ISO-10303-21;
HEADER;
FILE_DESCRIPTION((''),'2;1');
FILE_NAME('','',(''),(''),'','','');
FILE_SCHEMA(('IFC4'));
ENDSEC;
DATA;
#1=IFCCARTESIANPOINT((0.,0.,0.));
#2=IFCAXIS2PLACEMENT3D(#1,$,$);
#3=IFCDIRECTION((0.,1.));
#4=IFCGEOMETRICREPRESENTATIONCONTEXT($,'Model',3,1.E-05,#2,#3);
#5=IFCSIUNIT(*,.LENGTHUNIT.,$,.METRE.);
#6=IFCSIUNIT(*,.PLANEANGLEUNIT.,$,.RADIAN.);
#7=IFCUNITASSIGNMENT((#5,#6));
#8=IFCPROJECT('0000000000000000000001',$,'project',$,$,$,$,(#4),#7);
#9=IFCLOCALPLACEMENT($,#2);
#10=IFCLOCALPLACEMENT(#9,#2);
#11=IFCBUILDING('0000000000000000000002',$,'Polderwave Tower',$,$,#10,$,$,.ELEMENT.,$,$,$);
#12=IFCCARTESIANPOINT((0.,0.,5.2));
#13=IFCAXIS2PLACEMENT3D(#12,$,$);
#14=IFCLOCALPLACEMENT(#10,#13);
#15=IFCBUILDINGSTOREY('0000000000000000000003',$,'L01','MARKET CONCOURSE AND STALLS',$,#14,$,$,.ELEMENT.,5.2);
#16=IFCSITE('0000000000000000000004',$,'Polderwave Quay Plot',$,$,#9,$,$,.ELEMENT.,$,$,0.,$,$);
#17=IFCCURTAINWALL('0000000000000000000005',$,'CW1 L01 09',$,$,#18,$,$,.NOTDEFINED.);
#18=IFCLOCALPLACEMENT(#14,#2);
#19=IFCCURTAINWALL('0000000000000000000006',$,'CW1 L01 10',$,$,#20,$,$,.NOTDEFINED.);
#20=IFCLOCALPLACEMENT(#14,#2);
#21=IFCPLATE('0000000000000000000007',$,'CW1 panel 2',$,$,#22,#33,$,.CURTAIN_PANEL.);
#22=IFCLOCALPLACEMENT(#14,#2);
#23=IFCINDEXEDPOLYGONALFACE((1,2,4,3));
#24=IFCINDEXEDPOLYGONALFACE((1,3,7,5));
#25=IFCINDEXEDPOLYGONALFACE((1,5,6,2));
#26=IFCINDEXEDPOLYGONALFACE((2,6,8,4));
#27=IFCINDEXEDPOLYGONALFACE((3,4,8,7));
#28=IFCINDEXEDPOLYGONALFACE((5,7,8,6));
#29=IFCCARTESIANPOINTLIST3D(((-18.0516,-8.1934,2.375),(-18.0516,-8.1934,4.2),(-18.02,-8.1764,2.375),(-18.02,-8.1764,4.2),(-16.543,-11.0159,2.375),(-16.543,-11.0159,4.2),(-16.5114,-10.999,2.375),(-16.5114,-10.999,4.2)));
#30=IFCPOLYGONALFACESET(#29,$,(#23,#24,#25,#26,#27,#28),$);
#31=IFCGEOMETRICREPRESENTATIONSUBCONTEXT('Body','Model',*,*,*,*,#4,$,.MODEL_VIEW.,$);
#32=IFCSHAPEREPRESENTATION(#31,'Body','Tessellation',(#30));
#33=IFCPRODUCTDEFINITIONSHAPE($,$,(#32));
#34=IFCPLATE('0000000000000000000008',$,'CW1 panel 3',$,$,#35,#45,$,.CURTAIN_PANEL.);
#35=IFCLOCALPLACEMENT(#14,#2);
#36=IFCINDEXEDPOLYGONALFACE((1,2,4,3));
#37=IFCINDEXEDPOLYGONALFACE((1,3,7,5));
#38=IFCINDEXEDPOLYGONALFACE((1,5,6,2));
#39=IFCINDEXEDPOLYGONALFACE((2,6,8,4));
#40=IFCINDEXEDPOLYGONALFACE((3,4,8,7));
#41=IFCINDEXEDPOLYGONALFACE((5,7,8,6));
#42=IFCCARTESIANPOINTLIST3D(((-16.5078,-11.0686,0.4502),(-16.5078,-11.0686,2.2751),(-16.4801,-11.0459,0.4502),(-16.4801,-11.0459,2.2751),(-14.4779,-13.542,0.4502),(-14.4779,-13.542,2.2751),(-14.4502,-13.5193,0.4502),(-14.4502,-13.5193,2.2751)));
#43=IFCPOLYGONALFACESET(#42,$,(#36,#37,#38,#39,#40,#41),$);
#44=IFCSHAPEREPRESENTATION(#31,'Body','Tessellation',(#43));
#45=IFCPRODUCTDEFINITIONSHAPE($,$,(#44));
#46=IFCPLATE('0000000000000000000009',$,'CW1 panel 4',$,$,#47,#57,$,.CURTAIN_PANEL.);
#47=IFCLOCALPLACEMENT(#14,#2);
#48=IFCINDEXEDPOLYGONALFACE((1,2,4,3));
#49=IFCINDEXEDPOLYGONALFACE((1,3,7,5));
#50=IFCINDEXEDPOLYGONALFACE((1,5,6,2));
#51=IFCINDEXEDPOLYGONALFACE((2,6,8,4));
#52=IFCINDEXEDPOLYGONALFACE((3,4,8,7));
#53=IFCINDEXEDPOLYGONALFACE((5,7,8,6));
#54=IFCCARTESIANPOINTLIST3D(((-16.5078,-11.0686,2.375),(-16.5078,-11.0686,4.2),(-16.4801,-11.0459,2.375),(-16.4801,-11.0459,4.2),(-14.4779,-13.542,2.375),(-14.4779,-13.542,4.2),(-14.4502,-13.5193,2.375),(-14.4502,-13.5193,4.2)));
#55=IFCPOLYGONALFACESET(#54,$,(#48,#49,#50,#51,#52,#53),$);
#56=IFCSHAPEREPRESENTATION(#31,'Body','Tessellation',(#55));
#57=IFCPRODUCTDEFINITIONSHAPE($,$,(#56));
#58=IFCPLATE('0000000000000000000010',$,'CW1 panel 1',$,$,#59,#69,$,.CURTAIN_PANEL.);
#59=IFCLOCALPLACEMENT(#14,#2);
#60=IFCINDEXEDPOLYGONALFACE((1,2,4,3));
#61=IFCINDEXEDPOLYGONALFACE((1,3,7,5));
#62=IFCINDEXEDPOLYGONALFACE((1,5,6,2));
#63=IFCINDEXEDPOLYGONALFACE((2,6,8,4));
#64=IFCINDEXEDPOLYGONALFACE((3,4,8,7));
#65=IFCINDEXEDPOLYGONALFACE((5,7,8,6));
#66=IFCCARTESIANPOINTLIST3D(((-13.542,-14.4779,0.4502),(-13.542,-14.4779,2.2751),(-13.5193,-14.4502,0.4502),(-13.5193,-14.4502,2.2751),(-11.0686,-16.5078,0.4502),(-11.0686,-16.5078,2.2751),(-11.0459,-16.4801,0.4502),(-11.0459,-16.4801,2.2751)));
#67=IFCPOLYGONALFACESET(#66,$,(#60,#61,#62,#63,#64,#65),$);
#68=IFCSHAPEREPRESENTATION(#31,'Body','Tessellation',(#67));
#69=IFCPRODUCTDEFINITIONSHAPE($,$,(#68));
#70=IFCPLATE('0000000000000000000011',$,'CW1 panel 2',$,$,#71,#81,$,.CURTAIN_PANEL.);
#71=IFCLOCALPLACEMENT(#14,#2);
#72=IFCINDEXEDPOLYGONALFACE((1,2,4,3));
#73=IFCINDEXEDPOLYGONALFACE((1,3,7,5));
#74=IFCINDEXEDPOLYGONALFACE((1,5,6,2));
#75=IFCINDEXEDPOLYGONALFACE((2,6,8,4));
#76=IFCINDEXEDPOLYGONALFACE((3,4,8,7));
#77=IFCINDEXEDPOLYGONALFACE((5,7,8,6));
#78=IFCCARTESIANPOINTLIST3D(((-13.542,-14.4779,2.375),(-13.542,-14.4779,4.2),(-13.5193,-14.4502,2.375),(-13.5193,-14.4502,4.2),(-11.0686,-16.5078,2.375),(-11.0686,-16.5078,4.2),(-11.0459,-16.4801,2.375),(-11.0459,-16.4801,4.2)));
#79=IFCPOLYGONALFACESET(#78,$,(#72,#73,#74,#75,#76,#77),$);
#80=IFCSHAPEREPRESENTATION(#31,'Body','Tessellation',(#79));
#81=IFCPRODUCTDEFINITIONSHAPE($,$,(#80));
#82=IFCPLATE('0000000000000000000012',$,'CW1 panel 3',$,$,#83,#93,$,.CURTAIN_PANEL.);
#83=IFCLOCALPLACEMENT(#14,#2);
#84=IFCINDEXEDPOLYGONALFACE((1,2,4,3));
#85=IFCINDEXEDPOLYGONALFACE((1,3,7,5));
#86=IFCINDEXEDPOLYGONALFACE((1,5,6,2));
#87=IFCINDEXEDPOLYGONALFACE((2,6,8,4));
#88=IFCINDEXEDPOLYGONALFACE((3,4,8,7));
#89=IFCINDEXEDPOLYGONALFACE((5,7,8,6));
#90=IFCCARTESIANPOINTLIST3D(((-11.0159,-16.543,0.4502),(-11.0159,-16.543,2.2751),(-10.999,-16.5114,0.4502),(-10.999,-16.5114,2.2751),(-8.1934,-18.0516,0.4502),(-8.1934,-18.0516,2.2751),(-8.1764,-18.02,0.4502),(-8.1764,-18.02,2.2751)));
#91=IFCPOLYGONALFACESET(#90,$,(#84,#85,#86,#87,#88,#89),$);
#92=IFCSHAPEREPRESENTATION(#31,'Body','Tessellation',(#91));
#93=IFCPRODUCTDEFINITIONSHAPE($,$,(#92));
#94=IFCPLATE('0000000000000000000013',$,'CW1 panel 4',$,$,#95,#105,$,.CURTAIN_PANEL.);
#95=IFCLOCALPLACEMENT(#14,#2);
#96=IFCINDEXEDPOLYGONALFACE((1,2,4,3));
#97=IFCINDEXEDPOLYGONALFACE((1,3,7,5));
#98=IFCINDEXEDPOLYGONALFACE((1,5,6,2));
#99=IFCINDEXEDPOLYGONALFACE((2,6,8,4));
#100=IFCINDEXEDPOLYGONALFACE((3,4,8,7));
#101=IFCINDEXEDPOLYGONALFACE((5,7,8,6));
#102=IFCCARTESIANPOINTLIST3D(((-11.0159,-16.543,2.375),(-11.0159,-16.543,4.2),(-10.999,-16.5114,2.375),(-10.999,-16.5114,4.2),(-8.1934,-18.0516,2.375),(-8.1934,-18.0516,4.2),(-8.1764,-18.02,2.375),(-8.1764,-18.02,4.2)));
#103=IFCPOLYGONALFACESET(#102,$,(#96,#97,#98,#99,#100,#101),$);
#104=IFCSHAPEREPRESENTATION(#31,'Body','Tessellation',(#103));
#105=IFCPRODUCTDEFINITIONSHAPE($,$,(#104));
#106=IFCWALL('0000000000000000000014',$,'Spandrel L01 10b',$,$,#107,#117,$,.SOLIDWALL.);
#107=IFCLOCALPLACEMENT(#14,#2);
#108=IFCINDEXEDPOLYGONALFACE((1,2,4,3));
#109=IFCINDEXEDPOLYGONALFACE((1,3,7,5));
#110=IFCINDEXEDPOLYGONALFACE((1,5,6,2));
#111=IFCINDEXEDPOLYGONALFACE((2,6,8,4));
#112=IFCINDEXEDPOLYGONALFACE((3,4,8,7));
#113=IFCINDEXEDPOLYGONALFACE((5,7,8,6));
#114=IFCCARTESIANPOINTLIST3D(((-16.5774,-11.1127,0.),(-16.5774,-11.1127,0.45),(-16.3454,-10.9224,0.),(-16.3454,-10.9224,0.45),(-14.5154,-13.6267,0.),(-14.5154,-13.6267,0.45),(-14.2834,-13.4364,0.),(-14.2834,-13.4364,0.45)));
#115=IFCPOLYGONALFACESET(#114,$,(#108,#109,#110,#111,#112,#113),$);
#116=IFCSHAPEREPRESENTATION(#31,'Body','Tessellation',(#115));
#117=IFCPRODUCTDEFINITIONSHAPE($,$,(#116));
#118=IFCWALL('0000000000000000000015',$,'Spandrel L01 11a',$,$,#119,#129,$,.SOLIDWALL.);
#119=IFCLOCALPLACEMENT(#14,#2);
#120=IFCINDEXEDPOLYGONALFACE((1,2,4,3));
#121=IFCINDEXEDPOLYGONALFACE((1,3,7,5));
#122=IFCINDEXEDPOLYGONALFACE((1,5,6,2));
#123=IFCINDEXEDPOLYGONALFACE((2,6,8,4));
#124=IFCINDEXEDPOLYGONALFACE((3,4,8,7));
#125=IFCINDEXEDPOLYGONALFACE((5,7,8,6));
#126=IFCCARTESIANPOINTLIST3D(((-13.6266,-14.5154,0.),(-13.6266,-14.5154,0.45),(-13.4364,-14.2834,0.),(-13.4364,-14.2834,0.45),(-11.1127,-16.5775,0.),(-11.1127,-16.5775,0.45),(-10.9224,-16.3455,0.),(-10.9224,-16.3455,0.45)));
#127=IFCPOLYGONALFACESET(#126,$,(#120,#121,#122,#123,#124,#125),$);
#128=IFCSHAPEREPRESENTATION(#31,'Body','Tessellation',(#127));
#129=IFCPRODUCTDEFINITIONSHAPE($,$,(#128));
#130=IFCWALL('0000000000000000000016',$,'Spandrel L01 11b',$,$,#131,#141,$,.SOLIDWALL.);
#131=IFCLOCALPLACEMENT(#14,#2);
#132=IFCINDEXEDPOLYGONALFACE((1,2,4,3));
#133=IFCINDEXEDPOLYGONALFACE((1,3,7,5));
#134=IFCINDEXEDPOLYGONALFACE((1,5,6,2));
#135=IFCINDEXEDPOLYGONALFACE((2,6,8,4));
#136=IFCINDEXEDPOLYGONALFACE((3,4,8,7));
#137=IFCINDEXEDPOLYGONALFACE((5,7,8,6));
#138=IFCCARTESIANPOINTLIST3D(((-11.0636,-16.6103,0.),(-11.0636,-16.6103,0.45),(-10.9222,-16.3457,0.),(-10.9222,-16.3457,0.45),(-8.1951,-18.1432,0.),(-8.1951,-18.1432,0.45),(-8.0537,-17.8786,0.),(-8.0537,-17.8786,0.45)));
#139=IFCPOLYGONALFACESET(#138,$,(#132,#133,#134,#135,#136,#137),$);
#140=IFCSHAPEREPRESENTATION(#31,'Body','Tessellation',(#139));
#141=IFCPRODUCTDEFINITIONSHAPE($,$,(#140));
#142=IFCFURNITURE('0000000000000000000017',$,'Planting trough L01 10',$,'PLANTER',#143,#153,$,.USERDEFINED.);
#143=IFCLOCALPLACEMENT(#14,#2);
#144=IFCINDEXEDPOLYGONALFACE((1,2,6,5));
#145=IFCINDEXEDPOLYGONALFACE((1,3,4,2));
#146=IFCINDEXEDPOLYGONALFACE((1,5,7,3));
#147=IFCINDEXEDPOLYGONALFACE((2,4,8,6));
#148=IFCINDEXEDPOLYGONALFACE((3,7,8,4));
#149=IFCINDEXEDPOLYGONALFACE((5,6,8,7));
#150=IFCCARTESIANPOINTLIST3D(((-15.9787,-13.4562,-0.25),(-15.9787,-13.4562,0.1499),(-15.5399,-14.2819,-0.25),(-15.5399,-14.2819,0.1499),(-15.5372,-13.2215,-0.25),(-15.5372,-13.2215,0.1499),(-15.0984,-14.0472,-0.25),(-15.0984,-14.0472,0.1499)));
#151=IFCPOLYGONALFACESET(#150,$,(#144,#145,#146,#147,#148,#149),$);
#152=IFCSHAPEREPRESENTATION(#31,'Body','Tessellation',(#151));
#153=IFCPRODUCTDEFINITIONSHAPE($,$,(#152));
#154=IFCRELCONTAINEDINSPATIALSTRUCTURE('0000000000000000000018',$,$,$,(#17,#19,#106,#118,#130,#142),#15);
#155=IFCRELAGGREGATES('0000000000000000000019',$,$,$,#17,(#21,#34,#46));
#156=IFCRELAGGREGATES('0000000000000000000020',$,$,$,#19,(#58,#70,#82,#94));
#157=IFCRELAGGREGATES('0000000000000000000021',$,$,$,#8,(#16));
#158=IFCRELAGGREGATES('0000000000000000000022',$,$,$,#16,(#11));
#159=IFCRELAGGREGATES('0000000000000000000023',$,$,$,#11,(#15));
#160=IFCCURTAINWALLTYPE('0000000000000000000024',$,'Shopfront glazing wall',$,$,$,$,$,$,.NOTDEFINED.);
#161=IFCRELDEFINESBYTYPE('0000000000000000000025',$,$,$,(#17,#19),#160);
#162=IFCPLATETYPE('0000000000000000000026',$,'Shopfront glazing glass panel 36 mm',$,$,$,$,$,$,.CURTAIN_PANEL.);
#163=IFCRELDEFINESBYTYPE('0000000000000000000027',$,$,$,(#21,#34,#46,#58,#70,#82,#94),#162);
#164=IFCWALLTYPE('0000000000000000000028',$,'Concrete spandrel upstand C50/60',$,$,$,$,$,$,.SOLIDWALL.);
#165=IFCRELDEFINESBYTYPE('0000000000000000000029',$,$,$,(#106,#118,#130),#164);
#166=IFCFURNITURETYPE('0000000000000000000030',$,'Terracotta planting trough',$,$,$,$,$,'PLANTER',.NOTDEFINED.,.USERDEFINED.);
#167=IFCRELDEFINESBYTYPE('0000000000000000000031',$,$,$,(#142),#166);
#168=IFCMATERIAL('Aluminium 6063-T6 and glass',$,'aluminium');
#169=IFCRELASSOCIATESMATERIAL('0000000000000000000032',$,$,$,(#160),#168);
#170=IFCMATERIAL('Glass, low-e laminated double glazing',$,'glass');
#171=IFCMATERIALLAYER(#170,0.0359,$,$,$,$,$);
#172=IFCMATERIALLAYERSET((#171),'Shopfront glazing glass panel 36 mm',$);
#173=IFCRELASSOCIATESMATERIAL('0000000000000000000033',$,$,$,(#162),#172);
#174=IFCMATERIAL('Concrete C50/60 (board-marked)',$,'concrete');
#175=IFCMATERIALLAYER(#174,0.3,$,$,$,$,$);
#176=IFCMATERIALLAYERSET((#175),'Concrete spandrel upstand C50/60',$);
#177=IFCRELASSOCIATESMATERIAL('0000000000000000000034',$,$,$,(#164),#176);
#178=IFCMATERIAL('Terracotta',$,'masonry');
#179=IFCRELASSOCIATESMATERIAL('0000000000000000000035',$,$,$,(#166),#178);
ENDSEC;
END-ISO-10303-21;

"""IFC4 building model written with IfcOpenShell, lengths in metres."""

from ifc_helpers import new_model, si_unit, direction, frame, frame_2d, origin, origin_2d, place, context, subcontext, project, spatial, rectangle, extrude, material, layer, layer_set, type_object, element, aggregate, save


model = new_model("IFC4")

# Units and contexts
model_context = context("Model", 3, precision=1e-05, world=origin(), true_north=direction((0.0, 1.0)))
body_context = subcontext(model_context, "Body", "Model", "MODEL_VIEW")
ifc_project = project(units=[si_unit("LENGTHUNIT", "METRE"), si_unit("PLANEANGLEUNIT", "RADIAN")], contexts=[model_context])

# Site, building, storey
site_placement = place(None, origin())
site = spatial("IfcSite", under=ifc_project, at=site_placement, Name="Polderwave Quay Plot", CompositionType="ELEMENT", RefElevation=0.0)
building_placement = place(site_placement, origin())
building = spatial("IfcBuilding", under=site, at=building_placement, Name="Polderwave Tower", CompositionType="ELEMENT")
storey_placement = place(building_placement, frame((0.0, 0.0, 5.2)))
storey = spatial("IfcBuildingStorey", under=building, at=storey_placement, Name="L01", Description="MARKET CONCOURSE AND STALLS", CompositionType="ELEMENT", Elevation=5.2)

# Curtain walls
ifc_material_1 = material(Name="Aluminium 6063-T6 and glass", Category="aluminium")
curtain_wall_type = type_object("IfcCurtainWallType", Name="Shopfront glazing wall", PredefinedType="NOTDEFINED", material=ifc_material_1)
curtain_wall_1_placement = place(storey_placement, origin())
curtain_wall_1 = element("IfcCurtainWall", 1, at=curtain_wall_1_placement, inside=storey, type_object=curtain_wall_type, Name="CW1 L01 09", PredefinedType="NOTDEFINED")
curtain_wall_2_placement = place(storey_placement, origin())
curtain_wall_2 = element("IfcCurtainWall", 2, at=curtain_wall_2_placement, inside=storey, type_object=curtain_wall_type, Name="CW1 L01 10", PredefinedType="NOTDEFINED")

# Plates
ifc_material_2 = material(Name="Glass, low-e laminated double glazing", Category="glass")
ifc_layer_1 = layer(ifc_material_2, 0.0359)
ifc_layer_set_1 = layer_set([ifc_layer_1], Name="Shopfront glazing glass panel 36 mm")
plate_type = type_object("IfcPlateType", Name="Shopfront glazing glass panel 36 mm", PredefinedType="CURTAIN_PANEL", material=ifc_layer_set_1)
plate_1_placement = place(storey_placement, frame((-17.2815, -9.5962, 2.375), z_axis=(0.0, 0.0, 1.0), x_axis=(0.471361, -0.88194, 0.0)))
plate_1 = element("IfcPlate", 3, at=plate_1_placement, type_object=plate_type, Name="CW1 panel 2", PredefinedType="CURTAIN_PANEL", context=body_context, shape_type="SweptSolid", body=[
    extrude(rectangle(XDim=3.2004, YDim=0.0359, at=origin_2d()), origin(), (0.0, 0.0, 1.0), 1.825),
])
plate_2_placement = place(storey_placement, frame((-15.479, -12.2939, 0.4502), z_axis=(0.0, 0.0, 1.0), x_axis=(0.634396, -0.773008, 0.0)))
plate_2 = element("IfcPlate", 4, at=plate_2_placement, type_object=plate_type, Name="CW1 panel 3", PredefinedType="CURTAIN_PANEL", context=body_context, shape_type="SweptSolid", body=[
    extrude(rectangle(XDim=3.1997, YDim=0.0359, at=origin_2d()), origin(), (0.0, 0.0, 1.0), 1.825),
])
plate_3_placement = place(storey_placement, frame((-15.479, -12.2939, 2.375), z_axis=(0.0, 0.0, 1.0), x_axis=(0.634396, -0.773008, 0.0)))
plate_3 = element("IfcPlate", 5, at=plate_3_placement, type_object=plate_type, Name="CW1 panel 4", PredefinedType="CURTAIN_PANEL", context=body_context, shape_type="SweptSolid", body=[
    extrude(rectangle(XDim=3.1997, YDim=0.0359, at=origin_2d()), origin(), (0.0, 0.0, 1.0), 1.825),
])
aggregate(curtain_wall_1, [plate_1, plate_2, plate_3])
plate_4_placement = place(storey_placement, frame((-12.2939, -15.479, 0.4502), z_axis=(0.0, 0.0, 1.0), x_axis=(0.773008, -0.634396, 0.0)))
plate_4 = element("IfcPlate", 6, at=plate_4_placement, type_object=plate_type, Name="CW1 panel 1", PredefinedType="CURTAIN_PANEL", context=body_context, shape_type="SweptSolid", body=[
    extrude(rectangle(XDim=3.1997, YDim=0.0359, at=origin_2d()), origin(), (0.0, 0.0, 1.0), 1.825),
])
plate_5_placement = place(storey_placement, frame((-12.2939, -15.479, 2.375), z_axis=(0.0, 0.0, 1.0), x_axis=(0.773008, -0.634396, 0.0)))
plate_5 = element("IfcPlate", 7, at=plate_5_placement, type_object=plate_type, Name="CW1 panel 2", PredefinedType="CURTAIN_PANEL", context=body_context, shape_type="SweptSolid", body=[
    extrude(rectangle(XDim=3.1997, YDim=0.0359, at=origin_2d()), origin(), (0.0, 0.0, 1.0), 1.825),
])
plate_6_placement = place(storey_placement, frame((-9.5962, -17.2815, 0.4502), z_axis=(0.0, 0.0, 1.0), x_axis=(0.88194, -0.471361, 0.0)))
plate_6 = element("IfcPlate", 8, at=plate_6_placement, type_object=plate_type, Name="CW1 panel 3", PredefinedType="CURTAIN_PANEL", context=body_context, shape_type="SweptSolid", body=[
    extrude(rectangle(XDim=3.2004, YDim=0.0359, at=origin_2d()), origin(), (0.0, 0.0, 1.0), 1.825),
])
plate_7_placement = place(storey_placement, frame((-9.5962, -17.2815, 2.375), z_axis=(0.0, 0.0, 1.0), x_axis=(0.88194, -0.471361, 0.0)))
plate_7 = element("IfcPlate", 9, at=plate_7_placement, type_object=plate_type, Name="CW1 panel 4", PredefinedType="CURTAIN_PANEL", context=body_context, shape_type="SweptSolid", body=[
    extrude(rectangle(XDim=3.2004, YDim=0.0359, at=origin_2d()), origin(), (0.0, 0.0, 1.0), 1.825),
])
aggregate(curtain_wall_2, [plate_4, plate_5, plate_6, plate_7])

# Walls
ifc_material_3 = material(Name="Concrete C50/60 (board-marked)", Category="concrete")
ifc_layer_2 = layer(ifc_material_3, 0.3)
ifc_layer_set_2 = layer_set([ifc_layer_2], Name="Concrete spandrel upstand C50/60")
wall_type = type_object("IfcWallType", Name="Concrete spandrel upstand C50/60", PredefinedType="SOLIDWALL", material=ifc_layer_set_2)
for number, where, z_axis, x_axis, name in (
    (10, (-16.4614, -11.0176, 0.0), (0.0, 0.0, 1.0), (0.63419, -0.773177, 0.0), "Spandrel L01 10b"),
    (11, (-13.5315, -14.3994, 0.0), (0.0, 0.0, 1.0), (0.773177, -0.63419, 0.0), "Spandrel L01 11a"),
):
    element("IfcWall", number, at=place(storey_placement, frame(where, z_axis=z_axis, x_axis=x_axis)), inside=storey, type_object=wall_type, Name=name, PredefinedType="SOLIDWALL", context=body_context, shape_type="SweptSolid", body=[
        extrude(rectangle(XDim=3.2515, YDim=0.3, at=frame_2d((1.6257, 0.0))), origin(), (0.0, 0.0, 1.0), 0.45),
    ])
wall_placement = place(storey_placement, frame((-10.9929, -16.478, 0.0), z_axis=(0.0, 0.0, 1.0), x_axis=(0.881968, -0.471309, 0.0)))
element("IfcWall", 12, at=wall_placement, inside=storey, type_object=wall_type, Name="Spandrel L01 11b", PredefinedType="SOLIDWALL", context=body_context, shape_type="SweptSolid", body=[
    extrude(rectangle(XDim=3.2524, YDim=0.3, at=frame_2d((1.6262, 0.0))), origin(), (0.0, 0.0, 1.0), 0.45),
])

# Furniture
ifc_material_4 = material(Name="Terracotta", Category="masonry")
furniture_type = type_object("IfcFurnitureType", Name="Terracotta planting trough", ElementType="PLANTER", AssemblyPlace="NOTDEFINED", PredefinedType="USERDEFINED", material=ifc_material_4)
furniture_placement = place(storey_placement, frame((-15.5386, -13.7517, -0.25), z_axis=(0.0, 0.0, 1.0), x_axis=(0.46928, -0.883049, 0.0)))
element("IfcFurniture", 13, at=furniture_placement, inside=storey, type_object=furniture_type, Name="Planting trough L01 10", ObjectType="PLANTER", PredefinedType="USERDEFINED", context=body_context, shape_type="SweptSolid", body=[
    extrude(rectangle(XDim=0.9351, YDim=0.5, at=origin_2d()), origin(), (0.0, 0.0, 1.0), 0.3999),
])

save(model, "model.ifc")
